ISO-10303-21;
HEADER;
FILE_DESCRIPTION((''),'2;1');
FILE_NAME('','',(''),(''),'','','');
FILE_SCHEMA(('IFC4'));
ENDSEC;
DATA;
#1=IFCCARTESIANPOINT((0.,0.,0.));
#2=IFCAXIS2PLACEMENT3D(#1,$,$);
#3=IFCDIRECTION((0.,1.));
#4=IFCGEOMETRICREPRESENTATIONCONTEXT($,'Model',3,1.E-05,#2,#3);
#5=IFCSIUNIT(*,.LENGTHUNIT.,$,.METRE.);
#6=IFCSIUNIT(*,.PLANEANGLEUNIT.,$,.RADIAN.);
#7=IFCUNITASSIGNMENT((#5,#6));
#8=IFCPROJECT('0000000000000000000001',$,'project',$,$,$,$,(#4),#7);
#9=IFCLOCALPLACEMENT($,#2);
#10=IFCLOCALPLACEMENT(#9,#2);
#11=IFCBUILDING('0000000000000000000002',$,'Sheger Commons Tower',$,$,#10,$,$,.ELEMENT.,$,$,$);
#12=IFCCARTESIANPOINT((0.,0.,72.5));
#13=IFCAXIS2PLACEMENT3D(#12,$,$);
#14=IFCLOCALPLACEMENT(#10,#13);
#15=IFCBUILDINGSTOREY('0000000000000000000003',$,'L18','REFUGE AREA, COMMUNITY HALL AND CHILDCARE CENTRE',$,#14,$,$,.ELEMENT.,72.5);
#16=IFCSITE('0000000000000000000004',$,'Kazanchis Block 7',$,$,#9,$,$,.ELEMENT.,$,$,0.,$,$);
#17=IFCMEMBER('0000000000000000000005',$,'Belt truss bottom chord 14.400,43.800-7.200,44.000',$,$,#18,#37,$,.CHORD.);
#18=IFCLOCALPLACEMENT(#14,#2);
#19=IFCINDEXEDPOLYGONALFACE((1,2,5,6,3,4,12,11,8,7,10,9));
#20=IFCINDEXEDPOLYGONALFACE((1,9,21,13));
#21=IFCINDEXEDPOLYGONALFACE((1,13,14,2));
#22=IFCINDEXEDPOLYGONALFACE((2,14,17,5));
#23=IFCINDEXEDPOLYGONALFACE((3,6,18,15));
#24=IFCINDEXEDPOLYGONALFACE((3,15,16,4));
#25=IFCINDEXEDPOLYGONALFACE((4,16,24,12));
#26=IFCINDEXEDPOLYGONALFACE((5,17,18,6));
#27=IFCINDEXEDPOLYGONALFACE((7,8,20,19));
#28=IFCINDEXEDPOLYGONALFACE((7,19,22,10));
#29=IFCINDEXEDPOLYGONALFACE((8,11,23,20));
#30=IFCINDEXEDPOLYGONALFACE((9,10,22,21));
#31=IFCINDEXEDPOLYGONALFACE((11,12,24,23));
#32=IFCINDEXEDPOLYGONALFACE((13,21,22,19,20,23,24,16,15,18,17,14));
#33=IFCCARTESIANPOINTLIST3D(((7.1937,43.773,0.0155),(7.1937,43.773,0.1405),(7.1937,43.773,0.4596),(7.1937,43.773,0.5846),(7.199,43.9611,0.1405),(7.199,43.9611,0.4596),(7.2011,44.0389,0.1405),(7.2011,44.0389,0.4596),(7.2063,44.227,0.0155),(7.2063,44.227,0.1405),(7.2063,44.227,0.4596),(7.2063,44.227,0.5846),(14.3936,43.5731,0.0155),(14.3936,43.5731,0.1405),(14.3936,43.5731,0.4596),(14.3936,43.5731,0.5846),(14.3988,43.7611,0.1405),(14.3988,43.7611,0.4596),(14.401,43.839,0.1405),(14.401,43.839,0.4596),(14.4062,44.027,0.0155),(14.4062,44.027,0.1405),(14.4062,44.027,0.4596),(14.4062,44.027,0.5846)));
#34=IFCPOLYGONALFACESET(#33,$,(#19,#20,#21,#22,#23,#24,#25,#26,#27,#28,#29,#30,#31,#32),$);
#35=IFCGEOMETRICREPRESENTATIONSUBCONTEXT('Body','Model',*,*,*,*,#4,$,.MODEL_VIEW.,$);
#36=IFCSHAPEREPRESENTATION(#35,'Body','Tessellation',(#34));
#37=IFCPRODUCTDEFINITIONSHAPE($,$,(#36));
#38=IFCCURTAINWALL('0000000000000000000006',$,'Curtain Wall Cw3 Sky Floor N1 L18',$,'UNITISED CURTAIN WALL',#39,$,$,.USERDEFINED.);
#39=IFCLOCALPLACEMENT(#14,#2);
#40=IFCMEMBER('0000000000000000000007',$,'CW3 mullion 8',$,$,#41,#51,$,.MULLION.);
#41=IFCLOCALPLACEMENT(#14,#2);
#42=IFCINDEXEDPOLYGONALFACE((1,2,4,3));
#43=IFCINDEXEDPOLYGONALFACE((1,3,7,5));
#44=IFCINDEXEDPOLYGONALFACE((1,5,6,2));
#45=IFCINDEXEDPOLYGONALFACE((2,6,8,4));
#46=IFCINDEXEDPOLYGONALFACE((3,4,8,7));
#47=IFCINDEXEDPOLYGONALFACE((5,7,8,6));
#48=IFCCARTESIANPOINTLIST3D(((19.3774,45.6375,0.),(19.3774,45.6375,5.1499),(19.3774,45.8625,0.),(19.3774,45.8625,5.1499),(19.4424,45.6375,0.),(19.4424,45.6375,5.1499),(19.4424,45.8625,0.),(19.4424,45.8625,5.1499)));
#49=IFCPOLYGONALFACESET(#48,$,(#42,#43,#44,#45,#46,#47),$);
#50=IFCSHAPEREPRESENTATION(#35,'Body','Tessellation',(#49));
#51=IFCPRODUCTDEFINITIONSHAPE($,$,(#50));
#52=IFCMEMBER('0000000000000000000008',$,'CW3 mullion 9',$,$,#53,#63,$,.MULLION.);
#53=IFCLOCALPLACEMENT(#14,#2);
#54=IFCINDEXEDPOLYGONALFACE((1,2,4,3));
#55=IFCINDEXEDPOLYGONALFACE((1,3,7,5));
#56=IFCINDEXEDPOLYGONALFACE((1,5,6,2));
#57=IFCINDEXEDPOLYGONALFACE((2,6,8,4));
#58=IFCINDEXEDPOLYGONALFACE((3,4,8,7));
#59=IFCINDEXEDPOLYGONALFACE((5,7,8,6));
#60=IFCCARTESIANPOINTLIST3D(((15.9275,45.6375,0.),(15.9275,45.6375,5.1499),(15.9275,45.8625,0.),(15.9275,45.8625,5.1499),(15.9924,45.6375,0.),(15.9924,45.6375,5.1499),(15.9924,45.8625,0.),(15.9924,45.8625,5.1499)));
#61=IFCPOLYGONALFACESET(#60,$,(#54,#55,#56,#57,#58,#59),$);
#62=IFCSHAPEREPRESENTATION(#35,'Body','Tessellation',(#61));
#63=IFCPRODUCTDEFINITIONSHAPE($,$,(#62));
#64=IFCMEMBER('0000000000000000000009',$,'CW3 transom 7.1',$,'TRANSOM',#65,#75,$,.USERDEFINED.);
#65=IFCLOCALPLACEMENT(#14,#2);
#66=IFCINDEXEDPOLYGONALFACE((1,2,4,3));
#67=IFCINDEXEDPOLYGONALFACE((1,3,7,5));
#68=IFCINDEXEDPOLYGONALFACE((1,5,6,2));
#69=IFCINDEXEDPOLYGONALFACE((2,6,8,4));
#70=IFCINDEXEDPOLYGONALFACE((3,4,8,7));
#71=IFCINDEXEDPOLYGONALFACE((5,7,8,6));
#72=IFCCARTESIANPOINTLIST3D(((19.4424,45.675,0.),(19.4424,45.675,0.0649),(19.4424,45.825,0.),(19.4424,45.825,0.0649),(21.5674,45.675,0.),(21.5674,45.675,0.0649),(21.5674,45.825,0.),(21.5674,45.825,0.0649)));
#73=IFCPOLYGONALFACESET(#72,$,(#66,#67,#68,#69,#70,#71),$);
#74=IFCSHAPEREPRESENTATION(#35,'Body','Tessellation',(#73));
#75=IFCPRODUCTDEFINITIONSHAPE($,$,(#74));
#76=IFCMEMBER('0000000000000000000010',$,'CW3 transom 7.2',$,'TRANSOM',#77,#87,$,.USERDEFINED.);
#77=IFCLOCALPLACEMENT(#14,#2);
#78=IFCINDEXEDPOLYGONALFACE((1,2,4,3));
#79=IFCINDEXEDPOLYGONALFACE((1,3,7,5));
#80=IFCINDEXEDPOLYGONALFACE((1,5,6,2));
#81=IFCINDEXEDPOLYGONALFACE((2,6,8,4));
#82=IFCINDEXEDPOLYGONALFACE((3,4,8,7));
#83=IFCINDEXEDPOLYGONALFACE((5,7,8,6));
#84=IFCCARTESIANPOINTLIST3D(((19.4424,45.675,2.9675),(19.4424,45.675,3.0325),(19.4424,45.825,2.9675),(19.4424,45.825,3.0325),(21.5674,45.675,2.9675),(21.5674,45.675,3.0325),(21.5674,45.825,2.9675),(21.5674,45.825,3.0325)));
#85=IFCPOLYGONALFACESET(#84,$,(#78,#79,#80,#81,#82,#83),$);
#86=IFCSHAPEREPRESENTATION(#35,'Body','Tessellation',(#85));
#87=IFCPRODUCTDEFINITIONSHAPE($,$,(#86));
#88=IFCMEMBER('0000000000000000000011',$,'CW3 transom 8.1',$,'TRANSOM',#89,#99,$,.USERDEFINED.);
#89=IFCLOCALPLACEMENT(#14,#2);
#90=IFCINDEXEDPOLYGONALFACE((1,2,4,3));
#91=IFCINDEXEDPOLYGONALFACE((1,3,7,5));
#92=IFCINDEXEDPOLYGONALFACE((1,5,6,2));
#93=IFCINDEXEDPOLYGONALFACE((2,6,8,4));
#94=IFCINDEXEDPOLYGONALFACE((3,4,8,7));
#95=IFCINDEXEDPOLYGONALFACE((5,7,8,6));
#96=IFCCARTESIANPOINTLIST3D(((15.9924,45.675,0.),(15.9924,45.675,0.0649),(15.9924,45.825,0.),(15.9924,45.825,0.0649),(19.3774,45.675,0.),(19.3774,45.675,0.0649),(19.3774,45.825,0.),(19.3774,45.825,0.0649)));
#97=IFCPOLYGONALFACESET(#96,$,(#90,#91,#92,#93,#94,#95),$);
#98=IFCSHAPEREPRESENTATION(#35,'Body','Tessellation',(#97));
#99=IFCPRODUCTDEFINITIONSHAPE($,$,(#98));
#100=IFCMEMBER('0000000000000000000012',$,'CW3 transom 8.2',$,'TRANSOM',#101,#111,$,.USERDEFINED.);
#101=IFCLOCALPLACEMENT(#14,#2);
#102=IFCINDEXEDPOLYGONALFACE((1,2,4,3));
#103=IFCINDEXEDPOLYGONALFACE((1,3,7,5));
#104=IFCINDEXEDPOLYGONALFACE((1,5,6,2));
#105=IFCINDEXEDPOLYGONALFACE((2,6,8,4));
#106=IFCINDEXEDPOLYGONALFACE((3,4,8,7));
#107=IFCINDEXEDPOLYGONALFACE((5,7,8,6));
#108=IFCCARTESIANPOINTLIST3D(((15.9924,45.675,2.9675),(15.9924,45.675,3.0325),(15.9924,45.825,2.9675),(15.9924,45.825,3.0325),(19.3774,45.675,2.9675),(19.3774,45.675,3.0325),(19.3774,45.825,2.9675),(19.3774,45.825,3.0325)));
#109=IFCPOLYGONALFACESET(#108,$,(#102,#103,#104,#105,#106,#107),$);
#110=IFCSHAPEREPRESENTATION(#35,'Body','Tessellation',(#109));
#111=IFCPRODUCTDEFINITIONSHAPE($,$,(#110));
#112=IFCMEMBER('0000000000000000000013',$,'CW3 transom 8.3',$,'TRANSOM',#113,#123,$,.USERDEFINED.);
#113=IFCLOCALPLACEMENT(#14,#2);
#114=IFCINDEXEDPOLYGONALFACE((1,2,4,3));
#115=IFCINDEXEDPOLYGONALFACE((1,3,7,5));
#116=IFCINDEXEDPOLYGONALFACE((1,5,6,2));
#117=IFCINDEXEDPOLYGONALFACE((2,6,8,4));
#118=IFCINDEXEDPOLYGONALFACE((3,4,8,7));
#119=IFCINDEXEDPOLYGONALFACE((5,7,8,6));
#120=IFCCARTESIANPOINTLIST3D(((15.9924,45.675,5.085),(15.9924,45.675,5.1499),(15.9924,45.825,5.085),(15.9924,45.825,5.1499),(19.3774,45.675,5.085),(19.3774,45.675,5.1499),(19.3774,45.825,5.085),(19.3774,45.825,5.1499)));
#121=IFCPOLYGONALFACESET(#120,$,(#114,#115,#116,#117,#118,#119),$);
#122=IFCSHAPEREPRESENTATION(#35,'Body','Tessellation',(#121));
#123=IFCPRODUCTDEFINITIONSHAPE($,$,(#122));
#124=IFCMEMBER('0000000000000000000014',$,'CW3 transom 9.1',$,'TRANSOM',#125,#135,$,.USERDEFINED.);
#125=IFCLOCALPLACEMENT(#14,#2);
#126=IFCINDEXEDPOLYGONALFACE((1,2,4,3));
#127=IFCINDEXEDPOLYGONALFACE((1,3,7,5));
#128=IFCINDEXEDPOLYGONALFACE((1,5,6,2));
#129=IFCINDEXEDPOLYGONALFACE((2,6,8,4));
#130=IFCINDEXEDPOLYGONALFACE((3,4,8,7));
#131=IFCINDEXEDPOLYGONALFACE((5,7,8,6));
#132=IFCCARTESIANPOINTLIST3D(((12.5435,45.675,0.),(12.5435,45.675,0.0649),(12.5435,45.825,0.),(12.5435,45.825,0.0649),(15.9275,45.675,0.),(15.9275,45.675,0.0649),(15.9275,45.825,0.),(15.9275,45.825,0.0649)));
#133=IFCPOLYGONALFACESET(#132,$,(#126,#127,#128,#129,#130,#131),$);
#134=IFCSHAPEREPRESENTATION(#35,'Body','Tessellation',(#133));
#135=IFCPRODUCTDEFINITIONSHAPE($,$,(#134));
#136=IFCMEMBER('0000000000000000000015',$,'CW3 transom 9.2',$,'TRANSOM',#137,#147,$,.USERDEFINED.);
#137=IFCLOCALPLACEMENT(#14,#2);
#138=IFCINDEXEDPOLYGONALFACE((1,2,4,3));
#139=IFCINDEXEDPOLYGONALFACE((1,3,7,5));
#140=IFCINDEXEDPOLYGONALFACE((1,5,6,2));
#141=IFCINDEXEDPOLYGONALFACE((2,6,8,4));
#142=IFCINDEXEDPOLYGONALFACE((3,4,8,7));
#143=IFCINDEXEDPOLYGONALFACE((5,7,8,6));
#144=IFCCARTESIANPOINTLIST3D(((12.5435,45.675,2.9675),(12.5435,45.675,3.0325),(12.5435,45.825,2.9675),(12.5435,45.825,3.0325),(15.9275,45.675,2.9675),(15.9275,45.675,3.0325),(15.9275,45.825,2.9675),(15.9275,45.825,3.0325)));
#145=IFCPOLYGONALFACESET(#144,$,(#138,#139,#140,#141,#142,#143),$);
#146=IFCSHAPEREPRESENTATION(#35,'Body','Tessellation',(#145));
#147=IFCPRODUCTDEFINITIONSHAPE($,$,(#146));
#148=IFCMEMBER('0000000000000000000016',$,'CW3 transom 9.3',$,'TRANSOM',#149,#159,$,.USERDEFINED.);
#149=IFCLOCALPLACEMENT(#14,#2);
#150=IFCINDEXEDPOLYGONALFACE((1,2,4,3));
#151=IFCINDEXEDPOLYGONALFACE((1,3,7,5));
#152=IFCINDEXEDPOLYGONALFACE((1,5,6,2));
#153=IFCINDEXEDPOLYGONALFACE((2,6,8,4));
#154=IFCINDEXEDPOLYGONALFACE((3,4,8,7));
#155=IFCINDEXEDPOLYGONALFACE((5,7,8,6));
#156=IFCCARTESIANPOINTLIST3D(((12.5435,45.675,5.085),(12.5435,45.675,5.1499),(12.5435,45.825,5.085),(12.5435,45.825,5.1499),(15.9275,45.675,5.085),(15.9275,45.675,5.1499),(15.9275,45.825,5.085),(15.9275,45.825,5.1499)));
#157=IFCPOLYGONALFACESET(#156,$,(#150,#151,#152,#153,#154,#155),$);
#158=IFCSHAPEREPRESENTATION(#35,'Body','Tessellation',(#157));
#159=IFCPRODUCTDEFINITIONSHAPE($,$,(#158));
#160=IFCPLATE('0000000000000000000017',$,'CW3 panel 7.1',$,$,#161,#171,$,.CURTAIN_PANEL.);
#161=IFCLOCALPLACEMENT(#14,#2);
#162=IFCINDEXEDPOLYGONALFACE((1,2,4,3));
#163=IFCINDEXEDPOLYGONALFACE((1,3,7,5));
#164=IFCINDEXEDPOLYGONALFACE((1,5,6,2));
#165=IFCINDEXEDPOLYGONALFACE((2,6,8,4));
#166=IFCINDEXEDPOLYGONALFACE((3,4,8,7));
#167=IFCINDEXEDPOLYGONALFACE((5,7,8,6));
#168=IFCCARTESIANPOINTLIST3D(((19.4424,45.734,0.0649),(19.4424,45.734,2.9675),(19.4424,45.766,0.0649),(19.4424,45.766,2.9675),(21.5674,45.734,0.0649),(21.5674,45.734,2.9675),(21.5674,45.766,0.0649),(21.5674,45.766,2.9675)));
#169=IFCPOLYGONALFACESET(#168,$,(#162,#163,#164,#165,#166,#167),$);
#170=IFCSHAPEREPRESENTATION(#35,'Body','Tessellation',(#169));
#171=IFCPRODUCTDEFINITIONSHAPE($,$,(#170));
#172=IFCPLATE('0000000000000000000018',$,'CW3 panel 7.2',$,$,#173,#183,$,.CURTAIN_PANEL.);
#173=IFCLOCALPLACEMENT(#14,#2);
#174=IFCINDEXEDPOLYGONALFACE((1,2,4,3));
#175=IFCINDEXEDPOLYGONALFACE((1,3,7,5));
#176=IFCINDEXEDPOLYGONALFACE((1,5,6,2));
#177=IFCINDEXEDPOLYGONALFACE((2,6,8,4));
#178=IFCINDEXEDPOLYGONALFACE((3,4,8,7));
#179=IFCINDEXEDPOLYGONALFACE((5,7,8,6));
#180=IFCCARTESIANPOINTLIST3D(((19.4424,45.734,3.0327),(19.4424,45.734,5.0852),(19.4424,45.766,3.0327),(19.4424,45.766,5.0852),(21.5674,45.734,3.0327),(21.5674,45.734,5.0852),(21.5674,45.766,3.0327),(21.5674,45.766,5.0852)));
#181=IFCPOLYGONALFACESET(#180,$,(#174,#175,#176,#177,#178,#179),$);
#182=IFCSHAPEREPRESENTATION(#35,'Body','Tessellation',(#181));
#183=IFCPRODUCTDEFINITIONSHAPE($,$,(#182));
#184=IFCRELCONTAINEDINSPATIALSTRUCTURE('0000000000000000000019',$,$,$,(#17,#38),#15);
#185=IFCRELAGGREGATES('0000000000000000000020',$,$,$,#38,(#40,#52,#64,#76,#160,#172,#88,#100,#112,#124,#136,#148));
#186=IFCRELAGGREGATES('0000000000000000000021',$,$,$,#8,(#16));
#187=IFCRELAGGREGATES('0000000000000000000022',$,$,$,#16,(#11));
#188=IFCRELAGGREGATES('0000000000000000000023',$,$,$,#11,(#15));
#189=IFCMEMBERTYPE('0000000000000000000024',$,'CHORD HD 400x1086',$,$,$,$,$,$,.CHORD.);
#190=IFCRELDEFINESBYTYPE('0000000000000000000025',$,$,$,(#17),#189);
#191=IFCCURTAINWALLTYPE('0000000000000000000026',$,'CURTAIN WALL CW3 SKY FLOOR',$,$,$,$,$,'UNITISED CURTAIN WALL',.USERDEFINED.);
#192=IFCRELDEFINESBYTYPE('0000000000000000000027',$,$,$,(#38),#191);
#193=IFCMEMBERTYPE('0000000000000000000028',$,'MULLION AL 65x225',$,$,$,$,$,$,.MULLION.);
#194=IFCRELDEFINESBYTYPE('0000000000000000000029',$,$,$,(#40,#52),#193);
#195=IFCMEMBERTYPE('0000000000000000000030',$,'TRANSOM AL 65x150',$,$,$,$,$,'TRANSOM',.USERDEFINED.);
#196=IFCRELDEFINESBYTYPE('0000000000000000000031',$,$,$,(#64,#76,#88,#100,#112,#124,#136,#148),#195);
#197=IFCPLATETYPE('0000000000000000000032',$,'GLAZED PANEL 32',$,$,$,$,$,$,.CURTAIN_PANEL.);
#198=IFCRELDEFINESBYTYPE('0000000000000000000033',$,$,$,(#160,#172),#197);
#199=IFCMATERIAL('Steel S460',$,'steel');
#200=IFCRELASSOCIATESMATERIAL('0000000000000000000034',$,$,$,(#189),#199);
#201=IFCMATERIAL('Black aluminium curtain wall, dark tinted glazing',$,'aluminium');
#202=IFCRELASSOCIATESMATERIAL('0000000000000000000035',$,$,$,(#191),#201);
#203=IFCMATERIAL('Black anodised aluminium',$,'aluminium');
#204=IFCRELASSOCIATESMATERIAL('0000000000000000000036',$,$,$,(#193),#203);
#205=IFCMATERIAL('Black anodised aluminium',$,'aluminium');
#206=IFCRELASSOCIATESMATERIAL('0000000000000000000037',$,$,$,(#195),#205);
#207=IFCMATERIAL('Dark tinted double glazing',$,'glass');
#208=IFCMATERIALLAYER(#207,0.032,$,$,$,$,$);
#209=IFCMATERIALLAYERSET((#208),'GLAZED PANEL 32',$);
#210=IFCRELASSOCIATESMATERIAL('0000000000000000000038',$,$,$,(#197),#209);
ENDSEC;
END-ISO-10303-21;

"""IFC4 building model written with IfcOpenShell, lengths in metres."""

from ifc_helpers import new_model, si_unit, direction, frame, origin, origin_2d, place, context, subcontext, project, spatial, rectangle, i_section, extrude, material, layer, layer_set, material_profile, profile_set, type_object, element, aggregate, save


model = new_model("IFC4")

# Units and contexts
model_context = context("Model", 3, precision=1e-05, world=origin(), true_north=direction((0.0, 1.0)))
body_context = subcontext(model_context, "Body", "Model", "MODEL_VIEW")
ifc_project = project(units=[si_unit("LENGTHUNIT", "METRE"), si_unit("PLANEANGLEUNIT", "RADIAN")], contexts=[model_context])

# Site, building, storey
site_placement = place(None, origin())
site = spatial("IfcSite", under=ifc_project, at=site_placement, Name="Kazanchis Block 7", CompositionType="ELEMENT", RefElevation=0.0)
building_placement = place(site_placement, origin())
building = spatial("IfcBuilding", under=site, at=building_placement, Name="Sheger Commons Tower", CompositionType="ELEMENT")
storey_placement = place(building_placement, frame((0.0, 0.0, 72.5)))
storey = spatial("IfcBuildingStorey", under=building, at=storey_placement, Name="L18", Description="REFUGE AREA, COMMUNITY HALL AND CHILDCARE CENTRE", CompositionType="ELEMENT", Elevation=72.5)

# Member
ifc_material_1 = material(Name="Steel S460", Category="steel")
ifc_material_profile_1 = material_profile(ifc_material_1, i_section(OverallWidth=0.4541, OverallDepth=0.5691, WebThickness=0.0779, FlangeThickness=0.125, at=origin_2d()), Name="HD 400x1086")
ifc_profile_set_1 = profile_set([ifc_material_profile_1], Name="Steel S460")
member_type_1 = type_object("IfcMemberType", Name="CHORD HD 400x1086", PredefinedType="CHORD", material=ifc_profile_set_1)
member_1_placement = place(storey_placement, frame((14.3999, 43.8, 0.3), z_axis=(-0.999615, 0.02776, 0.0), x_axis=(-0.02776, -0.999615, 0.0)))
element("IfcMember", 1, at=member_1_placement, inside=storey, type_object=member_type_1, Name="Belt truss bottom chord 14.400,43.800-7.200,44.000", PredefinedType="CHORD", context=body_context, shape_type="SweptSolid", body=[
    extrude(i_section(OverallWidth=0.4541, OverallDepth=0.5691, WebThickness=0.0779, FlangeThickness=0.125, at=origin_2d()), origin(), (0.0, 0.0, 1.0), 7.2026),
])

# Curtain wall, members, plates
ifc_material_2 = material(Name="Black aluminium curtain wall, dark tinted glazing", Category="aluminium")
curtain_wall_type = type_object("IfcCurtainWallType", Name="CURTAIN WALL CW3 SKY FLOOR", ElementType="UNITISED CURTAIN WALL", PredefinedType="USERDEFINED", material=ifc_material_2)
curtain_wall_placement = place(storey_placement, origin())
curtain_wall = element("IfcCurtainWall", 2, at=curtain_wall_placement, inside=storey, type_object=curtain_wall_type, Name="Curtain Wall Cw3 Sky Floor N1 L18", ObjectType="UNITISED CURTAIN WALL", PredefinedType="USERDEFINED")
ifc_material_3 = material(Name="Black anodised aluminium", Category="aluminium")
ifc_material_profile_2 = material_profile(ifc_material_3, rectangle(XDim=0.2251, YDim=0.0649, at=origin_2d()), Name="AL 65x225")
ifc_profile_set_2 = profile_set([ifc_material_profile_2], Name="Black anodised aluminium")
member_type_2 = type_object("IfcMemberType", Name="MULLION AL 65x225", PredefinedType="MULLION", material=ifc_profile_set_2)
member_2_placement = place(storey_placement, frame((19.4099, 45.75, 0.0), z_axis=(0.0, 0.0, 1.0), x_axis=(0.0, -1.0, 0.0)))
member_2 = element("IfcMember", 3, at=member_2_placement, type_object=member_type_2, Name="CW3 mullion 8", PredefinedType="MULLION", context=body_context, shape_type="SweptSolid", body=[
    extrude(rectangle(XDim=0.2251, YDim=0.0649, at=origin_2d()), origin(), (0.0, 0.0, 1.0), 5.1499),
])
member_3_placement = place(storey_placement, frame((15.96, 45.75, 0.0), z_axis=(0.0, 0.0, 1.0), x_axis=(0.0, -1.0, 0.0)))
member_3 = element("IfcMember", 4, at=member_3_placement, type_object=member_type_2, Name="CW3 mullion 9", PredefinedType="MULLION", context=body_context, shape_type="SweptSolid", body=[
    extrude(rectangle(XDim=0.2251, YDim=0.0649, at=origin_2d()), origin(), (0.0, 0.0, 1.0), 5.1499),
])
ifc_material_4 = material(Name="Black anodised aluminium", Category="aluminium")
ifc_material_profile_3 = material_profile(ifc_material_4, rectangle(XDim=0.1499, YDim=0.0649, at=origin_2d()), Name="AL 65x150")
ifc_profile_set_3 = profile_set([ifc_material_profile_3], Name="Black anodised aluminium")
member_type_3 = type_object("IfcMemberType", Name="TRANSOM AL 65x150", ElementType="TRANSOM", PredefinedType="USERDEFINED", material=ifc_profile_set_3)
member_4_placement = place(storey_placement, frame((21.5674, 45.75, 0.0325), z_axis=(-1.0, 0.0, 0.0), x_axis=(0.0, -1.0, 0.0)))
member_4 = element("IfcMember", 5, at=member_4_placement, type_object=member_type_3, Name="CW3 transom 7.1", ObjectType="TRANSOM", PredefinedType="USERDEFINED", context=body_context, shape_type="SweptSolid", body=[
    extrude(rectangle(XDim=0.1499, YDim=0.0649, at=origin_2d()), origin(), (0.0, 0.0, 1.0), 2.125),
])
member_5_placement = place(storey_placement, frame((21.5674, 45.75, 3.0), z_axis=(-1.0, 0.0, 0.0), x_axis=(0.0, -1.0, 0.0)))
member_5 = element("IfcMember", 6, at=member_5_placement, type_object=member_type_3, Name="CW3 transom 7.2", ObjectType="TRANSOM", PredefinedType="USERDEFINED", context=body_context, shape_type="SweptSolid", body=[
    extrude(rectangle(XDim=0.1499, YDim=0.0649, at=origin_2d()), origin(), (0.0, 0.0, 1.0), 2.125),
])
member_6_placement = place(storey_placement, frame((19.3774, 45.75, 0.0325), z_axis=(-1.0, 0.0, 0.0), x_axis=(0.0, -1.0, 0.0)))
member_6 = element("IfcMember", 7, at=member_6_placement, type_object=member_type_3, Name="CW3 transom 8.1", ObjectType="TRANSOM", PredefinedType="USERDEFINED", context=body_context, shape_type="SweptSolid", body=[
    extrude(rectangle(XDim=0.1499, YDim=0.0649, at=origin_2d()), origin(), (0.0, 0.0, 1.0), 3.385),
])
member_7_placement = place(storey_placement, frame((19.3774, 45.75, 3.0), z_axis=(-1.0, 0.0, 0.0), x_axis=(0.0, -1.0, 0.0)))
member_7 = element("IfcMember", 8, at=member_7_placement, type_object=member_type_3, Name="CW3 transom 8.2", ObjectType="TRANSOM", PredefinedType="USERDEFINED", context=body_context, shape_type="SweptSolid", body=[
    extrude(rectangle(XDim=0.1499, YDim=0.0649, at=origin_2d()), origin(), (0.0, 0.0, 1.0), 3.385),
])
member_8_placement = place(storey_placement, frame((19.3774, 45.75, 5.1174), z_axis=(-1.0, 0.0, 0.0), x_axis=(0.0, -1.0, 0.0)))
member_8 = element("IfcMember", 9, at=member_8_placement, type_object=member_type_3, Name="CW3 transom 8.3", ObjectType="TRANSOM", PredefinedType="USERDEFINED", context=body_context, shape_type="SweptSolid", body=[
    extrude(rectangle(XDim=0.1499, YDim=0.0649, at=origin_2d()), origin(), (0.0, 0.0, 1.0), 3.385),
])
member_9_placement = place(storey_placement, frame((15.9275, 45.75, 0.0325), z_axis=(-1.0, 0.0, 0.0), x_axis=(0.0, -1.0, 0.0)))
member_9 = element("IfcMember", 10, at=member_9_placement, type_object=member_type_3, Name="CW3 transom 9.1", ObjectType="TRANSOM", PredefinedType="USERDEFINED", context=body_context, shape_type="SweptSolid", body=[
    extrude(rectangle(XDim=0.1499, YDim=0.0649, at=origin_2d()), origin(), (0.0, 0.0, 1.0), 3.384),
])
member_10_placement = place(storey_placement, frame((15.9275, 45.75, 3.0), z_axis=(-1.0, 0.0, 0.0), x_axis=(0.0, -1.0, 0.0)))
member_10 = element("IfcMember", 11, at=member_10_placement, type_object=member_type_3, Name="CW3 transom 9.2", ObjectType="TRANSOM", PredefinedType="USERDEFINED", context=body_context, shape_type="SweptSolid", body=[
    extrude(rectangle(XDim=0.1499, YDim=0.0649, at=origin_2d()), origin(), (0.0, 0.0, 1.0), 3.384),
])
member_11_placement = place(storey_placement, frame((15.9275, 45.75, 5.1174), z_axis=(-1.0, 0.0, 0.0), x_axis=(0.0, -1.0, 0.0)))
member_11 = element("IfcMember", 12, at=member_11_placement, type_object=member_type_3, Name="CW3 transom 9.3", ObjectType="TRANSOM", PredefinedType="USERDEFINED", context=body_context, shape_type="SweptSolid", body=[
    extrude(rectangle(XDim=0.1499, YDim=0.0649, at=origin_2d()), origin(), (0.0, 0.0, 1.0), 3.384),
])
ifc_material_5 = material(Name="Dark tinted double glazing", Category="glass")
ifc_layer_1 = layer(ifc_material_5, 0.032)
ifc_layer_set_1 = layer_set([ifc_layer_1], Name="GLAZED PANEL 32")
plate_type_1 = type_object("IfcPlateType", Name="GLAZED PANEL 32", PredefinedType="CURTAIN_PANEL", material=ifc_layer_set_1)
plate_1_placement = place(storey_placement, frame((20.5049, 45.75, 0.0649), z_axis=(0.0, 0.0, 1.0), x_axis=(-1.0, 0.0, 0.0)))
plate_1 = element("IfcPlate", 13, at=plate_1_placement, type_object=plate_type_1, Name="CW3 panel 7.1", PredefinedType="CURTAIN_PANEL", context=body_context, shape_type="SweptSolid", body=[
    extrude(rectangle(XDim=2.125, YDim=0.032, at=origin_2d()), origin(), (0.0, 0.0, 1.0), 2.9026),
])
plate_2_placement = place(storey_placement, frame((20.5049, 45.75, 3.0327), z_axis=(0.0, 0.0, 1.0), x_axis=(-1.0, 0.0, 0.0)))
plate_2 = element("IfcPlate", 14, at=plate_2_placement, type_object=plate_type_1, Name="CW3 panel 7.2", PredefinedType="CURTAIN_PANEL", context=body_context, shape_type="SweptSolid", body=[
    extrude(rectangle(XDim=2.125, YDim=0.032, at=origin_2d()), origin(), (0.0, 0.0, 1.0), 2.0525),
])
aggregate(curtain_wall, [member_2, member_3, member_4, member_5, plate_1, plate_2, member_6, member_7, member_8, member_9, member_10, member_11])

save(model, "model.ifc")
